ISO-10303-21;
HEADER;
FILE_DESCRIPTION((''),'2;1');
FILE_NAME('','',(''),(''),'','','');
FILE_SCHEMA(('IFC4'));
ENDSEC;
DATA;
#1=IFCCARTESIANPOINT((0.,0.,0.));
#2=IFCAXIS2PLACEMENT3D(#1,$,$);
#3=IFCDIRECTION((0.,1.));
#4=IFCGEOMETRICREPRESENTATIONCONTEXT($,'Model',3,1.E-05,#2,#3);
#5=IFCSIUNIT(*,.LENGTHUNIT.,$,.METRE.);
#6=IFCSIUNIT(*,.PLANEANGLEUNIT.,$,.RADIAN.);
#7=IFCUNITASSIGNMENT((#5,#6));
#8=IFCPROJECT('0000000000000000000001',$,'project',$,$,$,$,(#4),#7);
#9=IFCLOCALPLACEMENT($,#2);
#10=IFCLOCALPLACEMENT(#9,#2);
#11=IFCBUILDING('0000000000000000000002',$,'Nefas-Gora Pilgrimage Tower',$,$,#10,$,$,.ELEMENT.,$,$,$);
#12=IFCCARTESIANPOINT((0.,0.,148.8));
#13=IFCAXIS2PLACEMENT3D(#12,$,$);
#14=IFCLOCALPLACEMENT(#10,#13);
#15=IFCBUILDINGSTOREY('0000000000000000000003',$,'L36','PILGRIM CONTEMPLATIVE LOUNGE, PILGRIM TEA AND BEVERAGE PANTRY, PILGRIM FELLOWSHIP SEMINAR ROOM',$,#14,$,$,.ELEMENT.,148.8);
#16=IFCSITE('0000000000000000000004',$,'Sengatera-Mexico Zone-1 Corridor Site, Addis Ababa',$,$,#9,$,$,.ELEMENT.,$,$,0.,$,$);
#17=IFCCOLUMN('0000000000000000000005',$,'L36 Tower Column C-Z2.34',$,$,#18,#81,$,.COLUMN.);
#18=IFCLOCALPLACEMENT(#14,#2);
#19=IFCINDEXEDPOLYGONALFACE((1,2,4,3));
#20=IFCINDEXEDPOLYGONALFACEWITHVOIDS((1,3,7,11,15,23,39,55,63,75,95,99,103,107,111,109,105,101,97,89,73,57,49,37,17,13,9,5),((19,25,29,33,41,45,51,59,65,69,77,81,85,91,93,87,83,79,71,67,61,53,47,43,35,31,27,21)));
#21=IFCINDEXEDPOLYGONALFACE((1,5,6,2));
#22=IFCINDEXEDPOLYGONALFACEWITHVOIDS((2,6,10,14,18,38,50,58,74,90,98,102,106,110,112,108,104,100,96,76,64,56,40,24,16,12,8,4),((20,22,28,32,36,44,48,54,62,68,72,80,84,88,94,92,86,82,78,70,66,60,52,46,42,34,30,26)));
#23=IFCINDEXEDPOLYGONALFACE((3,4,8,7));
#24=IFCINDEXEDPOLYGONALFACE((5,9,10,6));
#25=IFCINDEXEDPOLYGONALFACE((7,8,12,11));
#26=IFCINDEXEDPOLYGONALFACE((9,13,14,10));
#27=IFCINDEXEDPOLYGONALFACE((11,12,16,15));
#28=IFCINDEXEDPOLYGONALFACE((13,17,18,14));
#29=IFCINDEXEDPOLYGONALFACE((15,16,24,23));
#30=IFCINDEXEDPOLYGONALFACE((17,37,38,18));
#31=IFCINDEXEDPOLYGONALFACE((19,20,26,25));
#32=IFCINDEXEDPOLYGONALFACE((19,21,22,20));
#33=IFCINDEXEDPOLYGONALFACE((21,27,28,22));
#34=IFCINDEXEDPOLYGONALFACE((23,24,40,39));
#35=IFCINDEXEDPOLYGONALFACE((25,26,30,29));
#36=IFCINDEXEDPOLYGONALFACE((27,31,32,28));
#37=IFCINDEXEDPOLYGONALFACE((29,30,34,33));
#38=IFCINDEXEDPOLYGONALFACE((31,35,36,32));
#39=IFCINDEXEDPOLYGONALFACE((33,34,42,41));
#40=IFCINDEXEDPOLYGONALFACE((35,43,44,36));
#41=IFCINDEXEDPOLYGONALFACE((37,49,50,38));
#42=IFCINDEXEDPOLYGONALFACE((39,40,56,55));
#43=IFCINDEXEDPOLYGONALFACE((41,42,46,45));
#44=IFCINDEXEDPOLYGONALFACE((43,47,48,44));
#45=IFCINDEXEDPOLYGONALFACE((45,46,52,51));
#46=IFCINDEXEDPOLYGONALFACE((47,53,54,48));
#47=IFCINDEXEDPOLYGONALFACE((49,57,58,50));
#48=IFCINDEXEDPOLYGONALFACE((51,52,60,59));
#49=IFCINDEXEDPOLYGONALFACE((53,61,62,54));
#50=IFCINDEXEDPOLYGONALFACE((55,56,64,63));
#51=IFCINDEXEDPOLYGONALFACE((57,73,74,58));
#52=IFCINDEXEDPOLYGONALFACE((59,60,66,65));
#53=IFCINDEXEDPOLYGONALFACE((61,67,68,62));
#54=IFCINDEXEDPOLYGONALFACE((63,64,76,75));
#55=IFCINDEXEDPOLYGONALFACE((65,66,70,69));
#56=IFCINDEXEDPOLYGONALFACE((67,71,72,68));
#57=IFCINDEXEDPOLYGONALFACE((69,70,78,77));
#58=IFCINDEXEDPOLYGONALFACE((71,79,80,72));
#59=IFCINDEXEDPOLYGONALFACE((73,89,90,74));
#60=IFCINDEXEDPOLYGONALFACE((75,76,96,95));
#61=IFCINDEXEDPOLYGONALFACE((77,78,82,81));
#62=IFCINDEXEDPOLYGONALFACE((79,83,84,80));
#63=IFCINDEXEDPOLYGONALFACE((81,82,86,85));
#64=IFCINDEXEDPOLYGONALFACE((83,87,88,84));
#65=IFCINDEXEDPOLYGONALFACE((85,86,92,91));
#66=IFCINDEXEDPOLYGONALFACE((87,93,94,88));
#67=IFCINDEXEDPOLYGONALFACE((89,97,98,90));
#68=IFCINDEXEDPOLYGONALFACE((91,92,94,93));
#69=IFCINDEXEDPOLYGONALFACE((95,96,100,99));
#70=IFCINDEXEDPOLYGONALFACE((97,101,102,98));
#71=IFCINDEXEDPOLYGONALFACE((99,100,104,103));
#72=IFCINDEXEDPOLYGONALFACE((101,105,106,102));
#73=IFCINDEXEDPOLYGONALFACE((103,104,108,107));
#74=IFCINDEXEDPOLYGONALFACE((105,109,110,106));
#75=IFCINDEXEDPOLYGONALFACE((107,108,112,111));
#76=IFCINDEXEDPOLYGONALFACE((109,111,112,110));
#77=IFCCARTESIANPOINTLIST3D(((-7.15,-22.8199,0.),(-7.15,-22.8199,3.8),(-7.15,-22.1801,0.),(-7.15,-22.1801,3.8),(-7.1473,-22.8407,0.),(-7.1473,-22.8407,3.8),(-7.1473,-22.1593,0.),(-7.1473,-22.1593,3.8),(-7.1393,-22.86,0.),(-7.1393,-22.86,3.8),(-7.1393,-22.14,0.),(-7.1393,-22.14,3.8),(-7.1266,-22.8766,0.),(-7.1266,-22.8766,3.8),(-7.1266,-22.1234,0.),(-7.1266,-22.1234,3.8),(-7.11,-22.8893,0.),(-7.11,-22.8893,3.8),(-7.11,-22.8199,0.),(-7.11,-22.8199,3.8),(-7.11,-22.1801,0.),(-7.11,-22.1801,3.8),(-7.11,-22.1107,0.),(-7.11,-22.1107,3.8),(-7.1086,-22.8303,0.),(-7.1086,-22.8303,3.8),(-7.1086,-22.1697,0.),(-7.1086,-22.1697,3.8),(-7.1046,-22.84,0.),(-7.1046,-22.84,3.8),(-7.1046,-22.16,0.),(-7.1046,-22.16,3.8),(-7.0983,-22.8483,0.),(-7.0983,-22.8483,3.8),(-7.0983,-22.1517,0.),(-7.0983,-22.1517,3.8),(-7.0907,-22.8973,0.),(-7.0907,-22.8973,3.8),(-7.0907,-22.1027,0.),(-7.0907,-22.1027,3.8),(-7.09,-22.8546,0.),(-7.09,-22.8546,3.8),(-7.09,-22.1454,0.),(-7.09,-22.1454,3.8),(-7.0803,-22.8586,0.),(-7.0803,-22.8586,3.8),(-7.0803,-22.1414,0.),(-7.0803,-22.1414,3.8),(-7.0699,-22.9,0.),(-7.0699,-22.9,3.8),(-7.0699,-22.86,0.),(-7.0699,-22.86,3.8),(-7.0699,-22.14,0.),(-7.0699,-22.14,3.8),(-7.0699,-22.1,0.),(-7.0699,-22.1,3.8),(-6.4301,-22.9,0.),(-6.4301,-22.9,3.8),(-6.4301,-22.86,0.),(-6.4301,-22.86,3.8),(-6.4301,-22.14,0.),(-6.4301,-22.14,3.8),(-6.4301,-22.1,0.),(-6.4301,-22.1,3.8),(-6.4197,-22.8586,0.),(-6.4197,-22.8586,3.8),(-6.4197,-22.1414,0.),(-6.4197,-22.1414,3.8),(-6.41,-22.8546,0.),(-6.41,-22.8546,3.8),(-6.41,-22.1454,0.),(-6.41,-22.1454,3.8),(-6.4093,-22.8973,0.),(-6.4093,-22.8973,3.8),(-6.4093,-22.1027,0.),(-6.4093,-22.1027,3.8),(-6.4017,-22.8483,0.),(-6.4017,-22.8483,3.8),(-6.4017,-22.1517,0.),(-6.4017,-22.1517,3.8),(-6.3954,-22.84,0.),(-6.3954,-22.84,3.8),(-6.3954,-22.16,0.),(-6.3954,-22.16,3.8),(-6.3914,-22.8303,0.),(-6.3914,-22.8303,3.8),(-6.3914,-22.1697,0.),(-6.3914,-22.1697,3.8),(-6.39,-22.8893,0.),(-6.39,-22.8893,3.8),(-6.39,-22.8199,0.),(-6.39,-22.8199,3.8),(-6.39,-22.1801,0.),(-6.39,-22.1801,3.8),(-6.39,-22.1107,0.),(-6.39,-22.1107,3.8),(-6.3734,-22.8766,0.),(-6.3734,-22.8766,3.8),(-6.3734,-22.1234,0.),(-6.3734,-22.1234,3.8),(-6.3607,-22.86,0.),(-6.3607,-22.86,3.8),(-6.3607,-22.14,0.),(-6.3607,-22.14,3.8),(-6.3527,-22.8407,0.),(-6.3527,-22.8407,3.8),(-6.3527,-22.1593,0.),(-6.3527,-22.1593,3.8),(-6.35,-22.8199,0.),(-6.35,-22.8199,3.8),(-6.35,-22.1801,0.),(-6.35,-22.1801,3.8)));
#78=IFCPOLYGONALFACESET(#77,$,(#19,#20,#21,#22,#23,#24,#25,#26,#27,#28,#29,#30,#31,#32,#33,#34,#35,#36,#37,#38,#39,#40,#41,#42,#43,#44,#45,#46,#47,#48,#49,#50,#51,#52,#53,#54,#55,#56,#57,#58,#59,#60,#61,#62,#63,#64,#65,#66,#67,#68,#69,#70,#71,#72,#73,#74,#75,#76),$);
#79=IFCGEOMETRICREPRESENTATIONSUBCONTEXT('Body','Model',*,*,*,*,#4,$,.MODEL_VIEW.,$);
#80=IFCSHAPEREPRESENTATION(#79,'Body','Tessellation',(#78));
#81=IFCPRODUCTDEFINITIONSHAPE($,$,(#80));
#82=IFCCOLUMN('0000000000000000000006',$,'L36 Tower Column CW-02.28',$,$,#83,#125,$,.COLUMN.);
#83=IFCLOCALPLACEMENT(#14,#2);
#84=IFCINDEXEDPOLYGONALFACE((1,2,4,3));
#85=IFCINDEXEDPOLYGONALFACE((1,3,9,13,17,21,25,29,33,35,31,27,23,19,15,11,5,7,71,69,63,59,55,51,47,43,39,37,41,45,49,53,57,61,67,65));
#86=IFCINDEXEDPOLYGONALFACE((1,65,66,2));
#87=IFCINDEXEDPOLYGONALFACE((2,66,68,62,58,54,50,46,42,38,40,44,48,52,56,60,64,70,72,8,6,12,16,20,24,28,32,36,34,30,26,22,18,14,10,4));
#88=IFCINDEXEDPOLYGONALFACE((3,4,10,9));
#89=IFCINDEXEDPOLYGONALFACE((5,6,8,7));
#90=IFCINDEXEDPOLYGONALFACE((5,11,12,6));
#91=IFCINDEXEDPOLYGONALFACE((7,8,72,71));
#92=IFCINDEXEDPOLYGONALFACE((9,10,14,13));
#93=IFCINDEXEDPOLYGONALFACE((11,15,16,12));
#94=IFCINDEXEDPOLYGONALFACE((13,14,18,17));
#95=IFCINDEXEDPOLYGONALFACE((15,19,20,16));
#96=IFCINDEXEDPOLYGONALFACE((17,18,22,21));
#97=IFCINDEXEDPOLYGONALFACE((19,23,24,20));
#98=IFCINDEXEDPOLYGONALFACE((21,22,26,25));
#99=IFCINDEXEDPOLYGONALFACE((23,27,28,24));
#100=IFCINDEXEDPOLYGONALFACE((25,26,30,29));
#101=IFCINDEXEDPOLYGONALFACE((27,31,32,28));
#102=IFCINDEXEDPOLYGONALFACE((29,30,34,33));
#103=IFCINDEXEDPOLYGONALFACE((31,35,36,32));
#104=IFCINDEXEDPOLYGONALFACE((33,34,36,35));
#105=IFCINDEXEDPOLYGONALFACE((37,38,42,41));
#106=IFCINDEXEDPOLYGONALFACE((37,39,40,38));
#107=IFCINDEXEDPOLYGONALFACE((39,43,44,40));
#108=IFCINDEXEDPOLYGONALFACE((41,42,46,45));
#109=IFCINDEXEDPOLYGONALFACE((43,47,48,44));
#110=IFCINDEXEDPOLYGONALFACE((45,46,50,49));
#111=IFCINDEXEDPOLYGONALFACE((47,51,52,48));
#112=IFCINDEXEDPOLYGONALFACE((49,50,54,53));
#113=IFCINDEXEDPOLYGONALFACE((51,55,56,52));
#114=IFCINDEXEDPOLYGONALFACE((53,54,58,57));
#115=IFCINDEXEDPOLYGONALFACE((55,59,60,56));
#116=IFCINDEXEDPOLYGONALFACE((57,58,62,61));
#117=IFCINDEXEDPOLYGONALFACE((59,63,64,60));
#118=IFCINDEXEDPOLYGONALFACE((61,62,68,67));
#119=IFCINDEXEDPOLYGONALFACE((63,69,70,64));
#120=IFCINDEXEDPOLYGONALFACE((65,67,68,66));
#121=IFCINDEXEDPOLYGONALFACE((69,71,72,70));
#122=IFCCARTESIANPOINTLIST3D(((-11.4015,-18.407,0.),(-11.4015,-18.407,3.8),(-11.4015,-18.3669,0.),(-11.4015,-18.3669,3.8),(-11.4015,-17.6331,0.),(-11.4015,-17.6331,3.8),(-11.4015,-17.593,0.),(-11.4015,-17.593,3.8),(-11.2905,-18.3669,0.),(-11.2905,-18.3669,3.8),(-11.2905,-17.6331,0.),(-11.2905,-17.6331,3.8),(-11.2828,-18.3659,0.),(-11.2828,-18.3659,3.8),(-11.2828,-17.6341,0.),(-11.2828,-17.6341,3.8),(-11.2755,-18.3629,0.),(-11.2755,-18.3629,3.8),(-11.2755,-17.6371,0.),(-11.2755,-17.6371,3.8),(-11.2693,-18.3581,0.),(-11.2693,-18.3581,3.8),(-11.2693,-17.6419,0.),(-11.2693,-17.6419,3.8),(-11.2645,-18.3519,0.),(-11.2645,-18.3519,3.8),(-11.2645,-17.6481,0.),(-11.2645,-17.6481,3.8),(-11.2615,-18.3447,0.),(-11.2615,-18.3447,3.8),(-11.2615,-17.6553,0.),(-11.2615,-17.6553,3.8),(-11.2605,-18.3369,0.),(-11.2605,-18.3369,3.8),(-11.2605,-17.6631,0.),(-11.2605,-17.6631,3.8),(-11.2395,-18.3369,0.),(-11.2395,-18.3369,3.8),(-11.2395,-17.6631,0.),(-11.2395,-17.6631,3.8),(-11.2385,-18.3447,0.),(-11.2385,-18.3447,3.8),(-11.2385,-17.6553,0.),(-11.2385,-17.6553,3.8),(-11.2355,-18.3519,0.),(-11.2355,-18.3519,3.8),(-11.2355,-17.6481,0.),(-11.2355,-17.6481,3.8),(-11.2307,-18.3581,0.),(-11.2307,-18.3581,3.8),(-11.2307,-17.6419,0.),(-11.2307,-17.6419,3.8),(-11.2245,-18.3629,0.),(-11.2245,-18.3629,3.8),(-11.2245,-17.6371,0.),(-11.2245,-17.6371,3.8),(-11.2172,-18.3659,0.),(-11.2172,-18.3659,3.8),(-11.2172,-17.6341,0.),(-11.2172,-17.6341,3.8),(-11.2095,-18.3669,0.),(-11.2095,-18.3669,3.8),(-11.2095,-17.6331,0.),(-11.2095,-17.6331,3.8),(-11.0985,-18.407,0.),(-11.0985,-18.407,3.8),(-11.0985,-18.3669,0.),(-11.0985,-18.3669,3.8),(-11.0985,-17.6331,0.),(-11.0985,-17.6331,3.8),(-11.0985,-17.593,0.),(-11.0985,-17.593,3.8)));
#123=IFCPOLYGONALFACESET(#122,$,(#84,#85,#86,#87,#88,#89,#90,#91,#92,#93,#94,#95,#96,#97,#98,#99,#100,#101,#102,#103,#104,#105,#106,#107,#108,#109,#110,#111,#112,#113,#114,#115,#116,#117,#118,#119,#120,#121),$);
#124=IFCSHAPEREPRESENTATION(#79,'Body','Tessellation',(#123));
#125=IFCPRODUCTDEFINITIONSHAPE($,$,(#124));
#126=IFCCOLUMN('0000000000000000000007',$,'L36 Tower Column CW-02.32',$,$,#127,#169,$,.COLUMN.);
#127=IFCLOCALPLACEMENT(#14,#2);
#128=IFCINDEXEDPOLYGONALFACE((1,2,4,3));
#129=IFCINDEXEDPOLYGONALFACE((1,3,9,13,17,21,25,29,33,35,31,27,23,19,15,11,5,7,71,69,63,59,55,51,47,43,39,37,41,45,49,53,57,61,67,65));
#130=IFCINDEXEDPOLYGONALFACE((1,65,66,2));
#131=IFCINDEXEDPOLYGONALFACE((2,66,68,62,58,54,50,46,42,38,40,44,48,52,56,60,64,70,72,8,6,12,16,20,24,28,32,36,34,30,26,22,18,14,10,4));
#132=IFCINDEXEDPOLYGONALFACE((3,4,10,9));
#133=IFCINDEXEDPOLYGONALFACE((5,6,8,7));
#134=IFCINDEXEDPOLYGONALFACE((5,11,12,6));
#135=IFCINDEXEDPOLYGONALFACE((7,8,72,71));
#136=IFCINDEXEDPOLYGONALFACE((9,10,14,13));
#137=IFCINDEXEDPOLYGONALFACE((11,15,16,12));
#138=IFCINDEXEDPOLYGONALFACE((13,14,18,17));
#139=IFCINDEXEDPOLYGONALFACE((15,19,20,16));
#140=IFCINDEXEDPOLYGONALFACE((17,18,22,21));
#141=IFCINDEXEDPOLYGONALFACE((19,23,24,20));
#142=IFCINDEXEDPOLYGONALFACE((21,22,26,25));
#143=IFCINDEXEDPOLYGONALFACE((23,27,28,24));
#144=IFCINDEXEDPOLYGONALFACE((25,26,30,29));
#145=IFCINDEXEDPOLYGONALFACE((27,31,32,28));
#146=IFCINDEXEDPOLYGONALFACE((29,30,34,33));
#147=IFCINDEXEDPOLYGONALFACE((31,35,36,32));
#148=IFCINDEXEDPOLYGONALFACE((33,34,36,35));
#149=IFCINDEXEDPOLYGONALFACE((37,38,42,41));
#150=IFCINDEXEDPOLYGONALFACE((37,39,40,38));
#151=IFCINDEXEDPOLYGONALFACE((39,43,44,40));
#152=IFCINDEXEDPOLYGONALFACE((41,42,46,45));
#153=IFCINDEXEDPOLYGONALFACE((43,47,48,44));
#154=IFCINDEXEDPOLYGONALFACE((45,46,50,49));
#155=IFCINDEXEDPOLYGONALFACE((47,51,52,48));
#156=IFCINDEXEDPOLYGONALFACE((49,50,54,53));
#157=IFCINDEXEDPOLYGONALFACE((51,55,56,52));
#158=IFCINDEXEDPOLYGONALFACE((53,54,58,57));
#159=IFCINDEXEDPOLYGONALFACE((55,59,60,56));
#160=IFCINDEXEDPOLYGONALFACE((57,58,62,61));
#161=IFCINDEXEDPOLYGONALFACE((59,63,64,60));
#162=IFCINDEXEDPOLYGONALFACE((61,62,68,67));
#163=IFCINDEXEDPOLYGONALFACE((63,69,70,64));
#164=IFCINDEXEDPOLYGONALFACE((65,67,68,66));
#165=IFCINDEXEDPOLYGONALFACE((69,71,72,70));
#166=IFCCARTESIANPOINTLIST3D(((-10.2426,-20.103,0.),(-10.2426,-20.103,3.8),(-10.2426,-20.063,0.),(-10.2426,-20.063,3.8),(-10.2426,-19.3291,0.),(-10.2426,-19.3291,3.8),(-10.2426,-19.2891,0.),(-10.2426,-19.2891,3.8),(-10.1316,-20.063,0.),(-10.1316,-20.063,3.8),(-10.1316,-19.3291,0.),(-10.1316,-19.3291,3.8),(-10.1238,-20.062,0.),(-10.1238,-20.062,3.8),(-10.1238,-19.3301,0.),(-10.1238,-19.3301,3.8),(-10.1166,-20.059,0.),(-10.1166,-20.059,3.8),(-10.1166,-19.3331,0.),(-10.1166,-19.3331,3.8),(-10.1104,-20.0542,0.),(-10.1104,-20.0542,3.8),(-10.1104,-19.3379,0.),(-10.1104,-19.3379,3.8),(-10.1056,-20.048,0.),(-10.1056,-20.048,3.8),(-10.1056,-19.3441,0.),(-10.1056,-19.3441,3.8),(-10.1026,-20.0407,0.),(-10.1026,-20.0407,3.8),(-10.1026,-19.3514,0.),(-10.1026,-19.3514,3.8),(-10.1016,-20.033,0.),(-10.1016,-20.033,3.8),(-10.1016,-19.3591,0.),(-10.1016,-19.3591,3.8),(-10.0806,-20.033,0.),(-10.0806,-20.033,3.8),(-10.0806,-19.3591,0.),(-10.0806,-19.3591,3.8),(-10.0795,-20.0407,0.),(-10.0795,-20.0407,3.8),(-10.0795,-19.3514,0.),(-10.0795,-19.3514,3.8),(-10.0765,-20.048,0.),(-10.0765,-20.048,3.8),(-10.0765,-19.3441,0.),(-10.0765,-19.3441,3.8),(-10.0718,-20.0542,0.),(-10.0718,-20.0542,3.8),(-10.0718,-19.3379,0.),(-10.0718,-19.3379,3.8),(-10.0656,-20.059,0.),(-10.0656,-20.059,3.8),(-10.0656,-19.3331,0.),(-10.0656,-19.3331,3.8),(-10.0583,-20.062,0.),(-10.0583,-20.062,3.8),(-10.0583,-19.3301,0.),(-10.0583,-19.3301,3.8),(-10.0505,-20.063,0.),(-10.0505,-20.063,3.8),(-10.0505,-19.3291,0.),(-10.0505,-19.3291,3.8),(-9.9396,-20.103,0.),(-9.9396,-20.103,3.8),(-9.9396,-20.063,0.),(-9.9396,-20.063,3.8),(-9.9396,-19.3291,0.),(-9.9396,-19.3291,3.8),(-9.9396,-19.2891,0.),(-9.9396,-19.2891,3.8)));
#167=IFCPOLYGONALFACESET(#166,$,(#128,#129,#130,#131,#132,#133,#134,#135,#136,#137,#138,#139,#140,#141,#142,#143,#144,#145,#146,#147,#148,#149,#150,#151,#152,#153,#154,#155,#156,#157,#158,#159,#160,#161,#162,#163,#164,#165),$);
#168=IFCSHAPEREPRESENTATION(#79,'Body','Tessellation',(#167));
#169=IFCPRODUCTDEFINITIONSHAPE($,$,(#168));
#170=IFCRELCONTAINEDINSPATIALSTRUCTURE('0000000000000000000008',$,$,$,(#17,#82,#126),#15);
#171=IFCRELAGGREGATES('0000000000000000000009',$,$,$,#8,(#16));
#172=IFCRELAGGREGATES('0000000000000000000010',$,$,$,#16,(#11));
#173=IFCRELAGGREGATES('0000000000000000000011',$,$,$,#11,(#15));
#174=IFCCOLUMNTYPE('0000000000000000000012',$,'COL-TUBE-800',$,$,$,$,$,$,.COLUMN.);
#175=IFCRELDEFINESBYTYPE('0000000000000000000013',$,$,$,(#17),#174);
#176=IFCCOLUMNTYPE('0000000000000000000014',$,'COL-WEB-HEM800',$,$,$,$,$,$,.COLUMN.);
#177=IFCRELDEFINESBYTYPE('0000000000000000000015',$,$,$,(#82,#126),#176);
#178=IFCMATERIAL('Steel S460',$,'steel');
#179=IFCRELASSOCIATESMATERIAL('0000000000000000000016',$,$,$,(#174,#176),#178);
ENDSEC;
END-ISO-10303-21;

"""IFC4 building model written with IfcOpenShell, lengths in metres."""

from ifc_helpers import new_model, si_unit, direction, frame, origin, origin_2d, place, context, subcontext, project, spatial, hollow_rectangle, i_section, extrude, source, transform, mapped, material, material_profile, profile_set, type_object, element, save


model = new_model("IFC4")

# Units and contexts
model_context = context("Model", 3, precision=1e-05, world=origin(), true_north=direction((0.0, 1.0)))
body_context = subcontext(model_context, "Body", "Model", "MODEL_VIEW")
ifc_project = project(units=[si_unit("LENGTHUNIT", "METRE"), si_unit("PLANEANGLEUNIT", "RADIAN")], contexts=[model_context])

# Site, building, storey
site_placement = place(None, origin())
site = spatial("IfcSite", under=ifc_project, at=site_placement, Name="Sengatera-Mexico Zone-1 Corridor Site, Addis Ababa", CompositionType="ELEMENT", RefElevation=0.0)
building_placement = place(site_placement, origin())
building = spatial("IfcBuilding", under=site, at=building_placement, Name="Nefas-Gora Pilgrimage Tower", CompositionType="ELEMENT")
storey_placement = place(building_placement, frame((0.0, 0.0, 148.8)))
storey = spatial("IfcBuildingStorey", under=building, at=storey_placement, Name="L36", Description="PILGRIM CONTEMPLATIVE LOUNGE, PILGRIM TEA AND BEVERAGE PANTRY, PILGRIM FELLOWSHIP SEMINAR ROOM", CompositionType="ELEMENT", Elevation=148.8)

# Columns
ifc_material_1 = material(Name="Steel S460", Category="steel")
ifc_material_profile_1 = material_profile(ifc_material_1, hollow_rectangle(XDim=0.8, YDim=0.8, WallThickness=0.04, InnerFilletRadius=0.04, OuterFilletRadius=0.0801, at=origin_2d()), Name="BOX 800x800x40")
ifc_profile_set_1 = profile_set([ifc_material_profile_1], Name="Steel S460")
column_type_1 = type_object("IfcColumnType", Name="COL-TUBE-800", PredefinedType="COLUMN", material=ifc_profile_set_1)
shared_shape_1 = source(origin(), body_context, "Body", "SweptSolid", [
    extrude(hollow_rectangle(XDim=0.8, YDim=0.8, WallThickness=0.04, InnerFilletRadius=0.04, OuterFilletRadius=0.0801, at=origin_2d()), origin(), (0.0, 0.0, 1.0), 3.8),
])
column_placement = place(storey_placement, frame((-6.75, -22.5, 0.0), z_axis=(0.0, 0.0, 1.0), x_axis=(1.0, 0.0, 0.0)))
element("IfcColumn", 1, at=column_placement, inside=storey, type_object=column_type_1, Name="L36 Tower Column C-Z2.34", PredefinedType="COLUMN", context=body_context, shape_type="MappedRepresentation", body=[
    mapped(shared_shape_1, transform((0.0, 0.0, 0.0), x_axis=(1.0, 0.0, 0.0), y_axis=(0.0, 1.0, 0.0), z_axis=(0.0, 0.0, 1.0), scale=1.0)),
])
ifc_material_profile_2 = material_profile(ifc_material_1, i_section(OverallWidth=0.303, OverallDepth=0.814, WebThickness=0.021, FlangeThickness=0.04, FilletRadius=0.03, at=origin_2d()), Name="HEM 800")
ifc_profile_set_2 = profile_set([ifc_material_profile_2], Name="Steel S460")
column_type_2 = type_object("IfcColumnType", Name="COL-WEB-HEM800", PredefinedType="COLUMN", material=ifc_profile_set_2)
shared_shape_2 = source(origin(), body_context, "Body", "SweptSolid", [
    extrude(i_section(OverallWidth=0.303, OverallDepth=0.814, WebThickness=0.021, FlangeThickness=0.04, FilletRadius=0.03, at=origin_2d()), origin(), (0.0, 0.0, 1.0), 3.8),
])
for number, where, z_axis, x_axis, name in (
    (2, (-11.25, -18.0, 0.0), (0.0, 0.0, 1.0), (1.0, 0.0, 0.0), "L36 Tower Column CW-02.28"),
    (3, (-10.0911, -19.696, 0.0), (0.0, 0.0, 1.0), (1.0, 0.0, 0.0), "L36 Tower Column CW-02.32"),
):
    element("IfcColumn", number, at=place(storey_placement, frame(where, z_axis=z_axis, x_axis=x_axis)), inside=storey, type_object=column_type_2, Name=name, PredefinedType="COLUMN", context=body_context, shape_type="MappedRepresentation", body=[
        mapped(shared_shape_2, transform((0.0, 0.0, 0.0), x_axis=(1.0, 0.0, 0.0), y_axis=(0.0, 1.0, 0.0), z_axis=(0.0, 0.0, 1.0), scale=1.0)),
    ])

save(model, "model.ifc")
